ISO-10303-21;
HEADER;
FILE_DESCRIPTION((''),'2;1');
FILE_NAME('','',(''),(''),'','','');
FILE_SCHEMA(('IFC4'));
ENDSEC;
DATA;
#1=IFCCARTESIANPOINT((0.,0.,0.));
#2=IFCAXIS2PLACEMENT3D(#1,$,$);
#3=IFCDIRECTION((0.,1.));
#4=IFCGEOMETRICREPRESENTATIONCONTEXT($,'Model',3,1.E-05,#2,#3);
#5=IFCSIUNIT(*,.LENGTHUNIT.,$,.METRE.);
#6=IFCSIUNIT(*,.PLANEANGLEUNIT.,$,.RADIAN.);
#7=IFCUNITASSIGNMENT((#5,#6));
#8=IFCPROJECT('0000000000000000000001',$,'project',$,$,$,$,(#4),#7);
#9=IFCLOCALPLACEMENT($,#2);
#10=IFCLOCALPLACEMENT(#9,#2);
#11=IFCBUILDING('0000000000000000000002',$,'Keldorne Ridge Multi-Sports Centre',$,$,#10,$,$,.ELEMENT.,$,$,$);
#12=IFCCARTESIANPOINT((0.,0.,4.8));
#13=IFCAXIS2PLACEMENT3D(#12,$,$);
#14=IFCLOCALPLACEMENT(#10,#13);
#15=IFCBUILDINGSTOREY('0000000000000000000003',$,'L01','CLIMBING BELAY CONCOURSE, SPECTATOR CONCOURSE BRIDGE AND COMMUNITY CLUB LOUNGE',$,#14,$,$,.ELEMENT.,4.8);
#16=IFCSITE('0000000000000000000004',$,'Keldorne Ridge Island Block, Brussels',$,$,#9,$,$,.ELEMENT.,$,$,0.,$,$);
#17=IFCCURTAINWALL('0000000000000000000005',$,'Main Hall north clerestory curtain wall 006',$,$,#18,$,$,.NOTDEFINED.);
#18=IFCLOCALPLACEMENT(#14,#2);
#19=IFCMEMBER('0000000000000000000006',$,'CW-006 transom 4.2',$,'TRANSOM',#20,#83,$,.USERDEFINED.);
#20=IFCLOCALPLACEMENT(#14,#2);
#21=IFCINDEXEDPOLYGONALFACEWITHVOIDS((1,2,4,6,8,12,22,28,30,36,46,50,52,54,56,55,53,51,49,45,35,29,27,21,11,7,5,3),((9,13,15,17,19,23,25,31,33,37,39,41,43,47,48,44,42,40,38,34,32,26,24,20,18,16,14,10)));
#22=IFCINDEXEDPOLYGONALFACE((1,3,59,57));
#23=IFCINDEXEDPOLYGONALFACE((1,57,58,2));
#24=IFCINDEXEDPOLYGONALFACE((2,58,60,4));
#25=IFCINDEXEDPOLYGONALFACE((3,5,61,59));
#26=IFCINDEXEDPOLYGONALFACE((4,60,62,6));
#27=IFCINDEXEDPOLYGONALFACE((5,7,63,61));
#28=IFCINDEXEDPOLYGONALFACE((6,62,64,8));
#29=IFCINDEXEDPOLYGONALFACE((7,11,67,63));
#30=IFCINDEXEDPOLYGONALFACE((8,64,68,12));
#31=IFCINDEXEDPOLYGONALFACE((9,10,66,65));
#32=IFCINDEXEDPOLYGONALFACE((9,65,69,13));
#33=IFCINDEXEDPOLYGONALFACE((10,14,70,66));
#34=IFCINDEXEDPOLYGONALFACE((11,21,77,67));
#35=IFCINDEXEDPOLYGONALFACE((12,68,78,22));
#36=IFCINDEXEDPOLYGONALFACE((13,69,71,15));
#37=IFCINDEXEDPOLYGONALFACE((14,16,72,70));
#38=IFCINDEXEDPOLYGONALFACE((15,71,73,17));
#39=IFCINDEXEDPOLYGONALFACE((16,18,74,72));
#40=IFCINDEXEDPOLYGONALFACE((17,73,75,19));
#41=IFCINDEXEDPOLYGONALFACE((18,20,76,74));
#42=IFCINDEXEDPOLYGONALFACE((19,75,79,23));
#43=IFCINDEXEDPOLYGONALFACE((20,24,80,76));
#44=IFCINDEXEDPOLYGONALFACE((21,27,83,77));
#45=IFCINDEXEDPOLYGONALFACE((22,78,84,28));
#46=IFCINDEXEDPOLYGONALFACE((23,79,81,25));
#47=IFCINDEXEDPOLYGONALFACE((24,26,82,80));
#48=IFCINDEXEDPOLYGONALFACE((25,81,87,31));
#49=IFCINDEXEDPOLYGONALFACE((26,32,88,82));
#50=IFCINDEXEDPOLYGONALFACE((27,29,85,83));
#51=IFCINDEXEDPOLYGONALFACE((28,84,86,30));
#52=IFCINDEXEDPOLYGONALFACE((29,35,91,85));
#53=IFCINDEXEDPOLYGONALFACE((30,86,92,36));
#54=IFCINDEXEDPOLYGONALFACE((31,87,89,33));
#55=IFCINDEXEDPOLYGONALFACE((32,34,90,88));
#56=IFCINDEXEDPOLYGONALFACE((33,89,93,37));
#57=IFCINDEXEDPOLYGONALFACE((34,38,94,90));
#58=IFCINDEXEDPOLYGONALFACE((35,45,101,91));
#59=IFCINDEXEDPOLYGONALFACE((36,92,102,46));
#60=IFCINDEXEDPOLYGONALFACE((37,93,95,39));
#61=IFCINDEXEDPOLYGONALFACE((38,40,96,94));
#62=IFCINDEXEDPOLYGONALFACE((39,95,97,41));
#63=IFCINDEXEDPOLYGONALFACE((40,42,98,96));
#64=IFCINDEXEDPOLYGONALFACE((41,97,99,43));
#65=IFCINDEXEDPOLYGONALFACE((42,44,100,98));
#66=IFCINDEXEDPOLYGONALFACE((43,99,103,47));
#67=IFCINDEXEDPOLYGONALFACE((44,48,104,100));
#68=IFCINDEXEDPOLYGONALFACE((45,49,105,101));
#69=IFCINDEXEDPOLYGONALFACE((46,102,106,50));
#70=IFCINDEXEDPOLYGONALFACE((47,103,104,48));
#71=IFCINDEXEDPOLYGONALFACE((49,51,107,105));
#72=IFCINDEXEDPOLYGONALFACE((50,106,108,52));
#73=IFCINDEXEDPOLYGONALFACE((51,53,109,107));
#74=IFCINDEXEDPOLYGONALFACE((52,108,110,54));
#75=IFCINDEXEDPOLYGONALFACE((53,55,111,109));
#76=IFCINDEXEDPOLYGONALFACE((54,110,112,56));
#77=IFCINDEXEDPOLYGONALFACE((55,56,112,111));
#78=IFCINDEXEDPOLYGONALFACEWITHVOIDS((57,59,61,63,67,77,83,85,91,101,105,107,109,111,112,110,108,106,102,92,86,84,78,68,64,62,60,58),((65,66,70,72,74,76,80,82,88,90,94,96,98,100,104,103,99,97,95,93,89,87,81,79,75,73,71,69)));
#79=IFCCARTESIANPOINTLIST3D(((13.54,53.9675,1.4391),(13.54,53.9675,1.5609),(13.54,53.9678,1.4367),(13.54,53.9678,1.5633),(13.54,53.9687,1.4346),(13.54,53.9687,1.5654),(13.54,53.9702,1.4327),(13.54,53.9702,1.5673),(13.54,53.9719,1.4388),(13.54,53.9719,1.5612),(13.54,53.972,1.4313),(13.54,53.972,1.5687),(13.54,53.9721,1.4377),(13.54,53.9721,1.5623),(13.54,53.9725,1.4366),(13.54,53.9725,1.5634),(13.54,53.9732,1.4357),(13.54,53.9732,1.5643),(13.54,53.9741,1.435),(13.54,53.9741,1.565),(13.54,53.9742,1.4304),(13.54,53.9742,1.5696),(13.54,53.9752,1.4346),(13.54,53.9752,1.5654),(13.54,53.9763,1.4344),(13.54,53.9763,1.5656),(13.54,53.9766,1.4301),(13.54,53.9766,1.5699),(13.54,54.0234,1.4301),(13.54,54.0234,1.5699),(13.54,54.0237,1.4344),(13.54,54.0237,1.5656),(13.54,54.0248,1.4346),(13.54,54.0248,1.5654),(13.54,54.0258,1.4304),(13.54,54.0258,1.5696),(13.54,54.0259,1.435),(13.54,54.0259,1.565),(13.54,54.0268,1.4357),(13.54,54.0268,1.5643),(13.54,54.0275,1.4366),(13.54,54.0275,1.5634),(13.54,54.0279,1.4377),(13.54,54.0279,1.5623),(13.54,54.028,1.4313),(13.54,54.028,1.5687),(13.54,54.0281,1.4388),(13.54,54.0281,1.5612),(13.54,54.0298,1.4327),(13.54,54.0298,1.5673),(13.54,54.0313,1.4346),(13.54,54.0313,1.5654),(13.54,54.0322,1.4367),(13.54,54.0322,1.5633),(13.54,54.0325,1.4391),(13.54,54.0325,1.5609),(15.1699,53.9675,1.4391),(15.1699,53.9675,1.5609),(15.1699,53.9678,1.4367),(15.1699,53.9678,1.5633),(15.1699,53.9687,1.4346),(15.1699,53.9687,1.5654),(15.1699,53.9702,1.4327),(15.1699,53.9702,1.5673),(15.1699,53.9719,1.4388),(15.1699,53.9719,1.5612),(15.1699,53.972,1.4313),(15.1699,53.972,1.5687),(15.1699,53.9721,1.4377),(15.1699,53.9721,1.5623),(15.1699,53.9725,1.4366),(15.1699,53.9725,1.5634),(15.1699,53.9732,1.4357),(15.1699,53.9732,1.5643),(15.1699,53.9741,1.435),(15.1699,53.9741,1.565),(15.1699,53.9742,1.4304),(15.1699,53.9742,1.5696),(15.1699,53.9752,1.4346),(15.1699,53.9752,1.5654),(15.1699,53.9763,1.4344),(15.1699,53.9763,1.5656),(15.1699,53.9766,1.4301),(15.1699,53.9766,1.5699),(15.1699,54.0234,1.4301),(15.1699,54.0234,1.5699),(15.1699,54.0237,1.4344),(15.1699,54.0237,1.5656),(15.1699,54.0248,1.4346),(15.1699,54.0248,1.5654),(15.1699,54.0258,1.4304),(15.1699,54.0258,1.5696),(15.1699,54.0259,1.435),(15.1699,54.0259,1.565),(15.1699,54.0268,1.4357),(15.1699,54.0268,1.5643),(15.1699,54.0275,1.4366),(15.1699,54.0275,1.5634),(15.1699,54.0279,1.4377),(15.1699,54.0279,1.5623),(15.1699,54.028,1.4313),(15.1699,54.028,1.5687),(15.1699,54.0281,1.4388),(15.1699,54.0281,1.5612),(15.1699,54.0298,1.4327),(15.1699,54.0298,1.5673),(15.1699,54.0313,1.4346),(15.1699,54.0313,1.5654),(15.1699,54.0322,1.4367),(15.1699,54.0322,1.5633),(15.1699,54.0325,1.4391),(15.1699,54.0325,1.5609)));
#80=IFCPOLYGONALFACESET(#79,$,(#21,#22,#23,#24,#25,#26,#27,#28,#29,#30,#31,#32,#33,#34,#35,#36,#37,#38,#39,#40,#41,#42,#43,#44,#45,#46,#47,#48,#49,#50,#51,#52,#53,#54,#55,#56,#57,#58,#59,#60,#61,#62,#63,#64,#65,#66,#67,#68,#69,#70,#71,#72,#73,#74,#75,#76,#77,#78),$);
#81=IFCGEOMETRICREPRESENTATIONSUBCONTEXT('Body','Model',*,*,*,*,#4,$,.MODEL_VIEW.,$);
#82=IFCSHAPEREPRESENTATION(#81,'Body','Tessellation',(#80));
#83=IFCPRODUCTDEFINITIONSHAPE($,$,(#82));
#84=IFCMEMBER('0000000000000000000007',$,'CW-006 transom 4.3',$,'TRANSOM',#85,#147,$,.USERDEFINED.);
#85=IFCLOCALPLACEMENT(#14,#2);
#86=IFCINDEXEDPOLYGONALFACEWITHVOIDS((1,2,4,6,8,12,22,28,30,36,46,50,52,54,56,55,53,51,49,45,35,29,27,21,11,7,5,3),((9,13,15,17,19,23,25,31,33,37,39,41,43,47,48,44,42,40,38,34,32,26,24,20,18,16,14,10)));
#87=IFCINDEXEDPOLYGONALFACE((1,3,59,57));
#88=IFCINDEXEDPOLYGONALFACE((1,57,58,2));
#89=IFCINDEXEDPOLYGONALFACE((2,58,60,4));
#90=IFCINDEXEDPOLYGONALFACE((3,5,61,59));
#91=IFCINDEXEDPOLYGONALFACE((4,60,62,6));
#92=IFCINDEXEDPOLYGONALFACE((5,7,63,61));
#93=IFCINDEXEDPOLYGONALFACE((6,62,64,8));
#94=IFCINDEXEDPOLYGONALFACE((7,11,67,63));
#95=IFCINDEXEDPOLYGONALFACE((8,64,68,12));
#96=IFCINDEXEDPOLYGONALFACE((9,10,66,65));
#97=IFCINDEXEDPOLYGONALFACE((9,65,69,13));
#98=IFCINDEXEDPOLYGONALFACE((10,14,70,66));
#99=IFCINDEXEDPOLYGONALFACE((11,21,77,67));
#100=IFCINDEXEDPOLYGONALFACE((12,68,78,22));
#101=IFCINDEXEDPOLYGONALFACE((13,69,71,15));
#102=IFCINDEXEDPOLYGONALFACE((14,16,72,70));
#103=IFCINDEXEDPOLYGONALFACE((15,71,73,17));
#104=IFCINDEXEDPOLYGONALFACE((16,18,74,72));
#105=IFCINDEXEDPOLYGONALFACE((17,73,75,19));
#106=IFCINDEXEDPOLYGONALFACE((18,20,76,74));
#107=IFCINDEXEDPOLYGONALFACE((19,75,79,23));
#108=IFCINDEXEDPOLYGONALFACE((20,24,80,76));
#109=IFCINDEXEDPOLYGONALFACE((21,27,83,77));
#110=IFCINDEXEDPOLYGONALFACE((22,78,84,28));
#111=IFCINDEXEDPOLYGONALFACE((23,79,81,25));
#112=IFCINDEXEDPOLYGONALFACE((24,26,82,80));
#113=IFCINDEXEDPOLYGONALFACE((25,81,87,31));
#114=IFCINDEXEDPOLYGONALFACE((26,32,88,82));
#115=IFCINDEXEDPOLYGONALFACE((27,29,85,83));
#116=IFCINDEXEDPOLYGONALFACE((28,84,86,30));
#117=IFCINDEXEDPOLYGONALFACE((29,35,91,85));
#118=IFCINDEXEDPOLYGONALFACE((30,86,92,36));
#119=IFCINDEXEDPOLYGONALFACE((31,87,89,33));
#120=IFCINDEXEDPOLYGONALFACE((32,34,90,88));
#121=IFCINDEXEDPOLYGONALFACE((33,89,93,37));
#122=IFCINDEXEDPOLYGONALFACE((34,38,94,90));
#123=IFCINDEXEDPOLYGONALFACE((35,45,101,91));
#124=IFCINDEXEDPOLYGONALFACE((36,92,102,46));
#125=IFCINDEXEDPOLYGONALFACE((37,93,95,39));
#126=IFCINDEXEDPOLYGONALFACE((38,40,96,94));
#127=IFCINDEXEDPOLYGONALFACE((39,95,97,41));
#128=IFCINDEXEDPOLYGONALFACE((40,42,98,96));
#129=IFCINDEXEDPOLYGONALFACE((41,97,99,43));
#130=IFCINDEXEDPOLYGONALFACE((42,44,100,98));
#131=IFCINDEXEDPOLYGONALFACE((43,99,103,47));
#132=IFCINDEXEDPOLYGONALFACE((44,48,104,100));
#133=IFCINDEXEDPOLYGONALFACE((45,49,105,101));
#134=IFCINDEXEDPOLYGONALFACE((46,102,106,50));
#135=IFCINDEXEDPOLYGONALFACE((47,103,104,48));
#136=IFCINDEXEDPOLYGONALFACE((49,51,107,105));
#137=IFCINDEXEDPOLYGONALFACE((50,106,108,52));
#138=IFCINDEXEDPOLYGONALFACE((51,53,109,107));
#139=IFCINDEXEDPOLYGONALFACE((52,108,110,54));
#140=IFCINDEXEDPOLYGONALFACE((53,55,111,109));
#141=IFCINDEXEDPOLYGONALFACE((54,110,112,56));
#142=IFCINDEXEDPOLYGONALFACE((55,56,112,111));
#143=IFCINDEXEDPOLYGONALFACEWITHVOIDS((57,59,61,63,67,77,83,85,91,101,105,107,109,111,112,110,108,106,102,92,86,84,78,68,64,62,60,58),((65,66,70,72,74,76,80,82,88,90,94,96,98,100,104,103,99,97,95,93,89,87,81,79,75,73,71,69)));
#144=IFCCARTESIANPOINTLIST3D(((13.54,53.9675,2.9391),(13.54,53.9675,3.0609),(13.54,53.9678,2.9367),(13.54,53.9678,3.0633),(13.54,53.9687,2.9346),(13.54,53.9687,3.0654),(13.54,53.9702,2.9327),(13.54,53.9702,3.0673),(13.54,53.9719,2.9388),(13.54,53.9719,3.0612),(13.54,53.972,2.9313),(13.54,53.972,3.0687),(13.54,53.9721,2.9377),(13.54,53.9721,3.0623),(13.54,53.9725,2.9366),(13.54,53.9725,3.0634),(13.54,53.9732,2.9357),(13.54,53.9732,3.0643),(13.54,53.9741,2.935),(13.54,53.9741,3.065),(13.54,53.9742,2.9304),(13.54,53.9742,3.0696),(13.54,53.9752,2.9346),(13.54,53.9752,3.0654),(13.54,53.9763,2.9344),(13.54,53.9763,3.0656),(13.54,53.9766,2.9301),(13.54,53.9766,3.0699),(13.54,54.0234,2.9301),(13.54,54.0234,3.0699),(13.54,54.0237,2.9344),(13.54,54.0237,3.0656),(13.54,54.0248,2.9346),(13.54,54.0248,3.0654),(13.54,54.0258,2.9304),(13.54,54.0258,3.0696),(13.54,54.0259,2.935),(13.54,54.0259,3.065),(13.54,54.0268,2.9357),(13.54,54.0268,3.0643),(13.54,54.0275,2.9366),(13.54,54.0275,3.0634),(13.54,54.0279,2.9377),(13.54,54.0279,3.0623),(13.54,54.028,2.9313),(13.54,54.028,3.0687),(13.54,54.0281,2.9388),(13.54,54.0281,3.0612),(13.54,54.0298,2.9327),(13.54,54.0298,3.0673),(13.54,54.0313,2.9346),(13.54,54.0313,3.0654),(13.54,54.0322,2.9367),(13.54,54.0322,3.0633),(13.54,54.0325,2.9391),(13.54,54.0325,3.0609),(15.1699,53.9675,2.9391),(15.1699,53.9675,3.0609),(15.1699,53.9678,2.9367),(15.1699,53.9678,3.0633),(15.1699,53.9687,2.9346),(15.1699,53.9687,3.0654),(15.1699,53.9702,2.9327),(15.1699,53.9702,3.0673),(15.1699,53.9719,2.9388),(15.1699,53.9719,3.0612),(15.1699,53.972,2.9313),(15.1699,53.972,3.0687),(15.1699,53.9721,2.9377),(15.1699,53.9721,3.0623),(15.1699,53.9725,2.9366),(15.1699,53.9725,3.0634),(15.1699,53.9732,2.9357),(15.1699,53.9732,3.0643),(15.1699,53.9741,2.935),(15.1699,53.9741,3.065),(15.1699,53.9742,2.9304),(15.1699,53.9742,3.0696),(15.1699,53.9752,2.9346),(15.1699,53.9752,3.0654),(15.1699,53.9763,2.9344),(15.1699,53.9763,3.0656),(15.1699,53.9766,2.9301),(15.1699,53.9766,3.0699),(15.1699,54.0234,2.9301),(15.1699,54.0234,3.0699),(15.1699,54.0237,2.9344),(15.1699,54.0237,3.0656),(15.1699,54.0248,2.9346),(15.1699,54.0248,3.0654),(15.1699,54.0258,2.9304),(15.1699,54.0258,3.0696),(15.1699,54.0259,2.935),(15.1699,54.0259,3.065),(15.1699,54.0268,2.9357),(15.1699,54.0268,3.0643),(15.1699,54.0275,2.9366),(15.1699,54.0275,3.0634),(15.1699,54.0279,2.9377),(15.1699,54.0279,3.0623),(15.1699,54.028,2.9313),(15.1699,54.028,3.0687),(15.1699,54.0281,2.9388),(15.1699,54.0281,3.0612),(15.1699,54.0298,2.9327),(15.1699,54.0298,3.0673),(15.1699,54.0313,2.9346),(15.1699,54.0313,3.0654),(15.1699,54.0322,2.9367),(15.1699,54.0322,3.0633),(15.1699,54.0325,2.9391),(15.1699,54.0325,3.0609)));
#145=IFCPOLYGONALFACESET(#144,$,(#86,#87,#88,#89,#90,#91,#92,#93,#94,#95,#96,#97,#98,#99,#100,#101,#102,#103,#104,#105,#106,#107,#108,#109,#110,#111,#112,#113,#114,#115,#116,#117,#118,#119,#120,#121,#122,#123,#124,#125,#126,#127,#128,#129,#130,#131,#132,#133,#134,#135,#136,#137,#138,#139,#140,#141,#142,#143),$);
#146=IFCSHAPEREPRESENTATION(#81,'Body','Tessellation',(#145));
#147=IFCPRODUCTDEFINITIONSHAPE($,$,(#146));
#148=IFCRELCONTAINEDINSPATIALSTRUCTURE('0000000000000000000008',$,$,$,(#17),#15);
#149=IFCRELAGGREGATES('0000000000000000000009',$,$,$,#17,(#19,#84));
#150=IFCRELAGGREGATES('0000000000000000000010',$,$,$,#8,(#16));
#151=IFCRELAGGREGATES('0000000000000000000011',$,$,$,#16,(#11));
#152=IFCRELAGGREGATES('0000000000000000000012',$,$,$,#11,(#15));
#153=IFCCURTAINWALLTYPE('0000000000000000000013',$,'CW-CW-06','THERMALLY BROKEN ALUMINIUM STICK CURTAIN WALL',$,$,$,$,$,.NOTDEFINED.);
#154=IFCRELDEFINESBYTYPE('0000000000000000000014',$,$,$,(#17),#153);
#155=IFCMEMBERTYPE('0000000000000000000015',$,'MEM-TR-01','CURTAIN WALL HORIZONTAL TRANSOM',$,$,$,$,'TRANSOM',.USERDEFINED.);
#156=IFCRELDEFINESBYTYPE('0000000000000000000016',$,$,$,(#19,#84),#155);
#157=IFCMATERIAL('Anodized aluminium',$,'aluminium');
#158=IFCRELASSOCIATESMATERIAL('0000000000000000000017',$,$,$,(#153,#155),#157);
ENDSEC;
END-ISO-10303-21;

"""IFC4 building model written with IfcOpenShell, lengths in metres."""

from ifc_helpers import new_model, si_unit, direction, frame, origin, origin_2d, place, context, subcontext, project, spatial, hollow_rectangle, extrude, material, material_profile, profile_set, type_object, element, aggregate, save


model = new_model("IFC4")

# Units and contexts
model_context = context("Model", 3, precision=1e-05, world=origin(), true_north=direction((0.0, 1.0)))
body_context = subcontext(model_context, "Body", "Model", "MODEL_VIEW")
ifc_project = project(units=[si_unit("LENGTHUNIT", "METRE"), si_unit("PLANEANGLEUNIT", "RADIAN")], contexts=[model_context])

# Site, building, storey
site_placement = place(None, origin())
site = spatial("IfcSite", under=ifc_project, at=site_placement, Name="Keldorne Ridge Island Block, Brussels", CompositionType="ELEMENT", RefElevation=0.0)
building_placement = place(site_placement, origin())
building = spatial("IfcBuilding", under=site, at=building_placement, Name="Keldorne Ridge Multi-Sports Centre", CompositionType="ELEMENT")
storey_placement = place(building_placement, frame((0.0, 0.0, 4.8)))
storey = spatial("IfcBuildingStorey", under=building, at=storey_placement, Name="L01", Description="CLIMBING BELAY CONCOURSE, SPECTATOR CONCOURSE BRIDGE AND COMMUNITY CLUB LOUNGE", CompositionType="ELEMENT", Elevation=4.8)

# Shared definitions
ifc_material_1 = material(Name="Anodized aluminium", Category="aluminium")

# Curtain wall
curtain_wall_type_1 = type_object("IfcCurtainWallType", Name="CW-CW-06", Description="THERMALLY BROKEN ALUMINIUM STICK CURTAIN WALL", PredefinedType="NOTDEFINED", material=ifc_material_1)
curtain_wall_1_placement = place(storey_placement, origin())
curtain_wall_1 = element("IfcCurtainWall", 1, at=curtain_wall_1_placement, inside=storey, type_object=curtain_wall_type_1, Name="Main Hall north clerestory curtain wall 006", PredefinedType="NOTDEFINED")

# Members
ifc_material_profile_1 = material_profile(ifc_material_1, hollow_rectangle(XDim=0.0649, YDim=0.1399, WallThickness=0.0044, InnerFilletRadius=0.0044, OuterFilletRadius=0.009, at=origin_2d()), Name="ALU TRANSOM 140x65x4.5")
ifc_profile_set_1 = profile_set([ifc_material_profile_1], Name="Anodized aluminium")
member_type_1 = type_object("IfcMemberType", Name="MEM-TR-01", Description="CURTAIN WALL HORIZONTAL TRANSOM", ElementType="TRANSOM", PredefinedType="USERDEFINED", material=ifc_profile_set_1)
member_1_placement = place(storey_placement, frame((15.1699, 54.0, 1.5), z_axis=(-1.0, 0.0, 0.0), x_axis=(0.0, -1.0, 0.0)))
member_1 = element("IfcMember", 2, at=member_1_placement, type_object=member_type_1, Name="CW-006 transom 4.2", ObjectType="TRANSOM", PredefinedType="USERDEFINED", context=body_context, shape_type="SweptSolid", body=[
    extrude(hollow_rectangle(XDim=0.0649, YDim=0.1399, WallThickness=0.0044, InnerFilletRadius=0.0044, OuterFilletRadius=0.009, at=origin_2d()), origin(), (0.0, 0.0, 1.0), 1.6299),
])
member_2_placement = place(storey_placement, frame((15.1699, 54.0, 3.0), z_axis=(-1.0, 0.0, 0.0), x_axis=(0.0, -1.0, 0.0)))
member_2 = element("IfcMember", 3, at=member_2_placement, type_object=member_type_1, Name="CW-006 transom 4.3", ObjectType="TRANSOM", PredefinedType="USERDEFINED", context=body_context, shape_type="SweptSolid", body=[
    extrude(hollow_rectangle(XDim=0.0649, YDim=0.1399, WallThickness=0.0044, InnerFilletRadius=0.0044, OuterFilletRadius=0.009, at=origin_2d()), origin(), (0.0, 0.0, 1.0), 1.6299),
])

aggregate(curtain_wall_1, [member_1, member_2])

save(model, "model.ifc")
